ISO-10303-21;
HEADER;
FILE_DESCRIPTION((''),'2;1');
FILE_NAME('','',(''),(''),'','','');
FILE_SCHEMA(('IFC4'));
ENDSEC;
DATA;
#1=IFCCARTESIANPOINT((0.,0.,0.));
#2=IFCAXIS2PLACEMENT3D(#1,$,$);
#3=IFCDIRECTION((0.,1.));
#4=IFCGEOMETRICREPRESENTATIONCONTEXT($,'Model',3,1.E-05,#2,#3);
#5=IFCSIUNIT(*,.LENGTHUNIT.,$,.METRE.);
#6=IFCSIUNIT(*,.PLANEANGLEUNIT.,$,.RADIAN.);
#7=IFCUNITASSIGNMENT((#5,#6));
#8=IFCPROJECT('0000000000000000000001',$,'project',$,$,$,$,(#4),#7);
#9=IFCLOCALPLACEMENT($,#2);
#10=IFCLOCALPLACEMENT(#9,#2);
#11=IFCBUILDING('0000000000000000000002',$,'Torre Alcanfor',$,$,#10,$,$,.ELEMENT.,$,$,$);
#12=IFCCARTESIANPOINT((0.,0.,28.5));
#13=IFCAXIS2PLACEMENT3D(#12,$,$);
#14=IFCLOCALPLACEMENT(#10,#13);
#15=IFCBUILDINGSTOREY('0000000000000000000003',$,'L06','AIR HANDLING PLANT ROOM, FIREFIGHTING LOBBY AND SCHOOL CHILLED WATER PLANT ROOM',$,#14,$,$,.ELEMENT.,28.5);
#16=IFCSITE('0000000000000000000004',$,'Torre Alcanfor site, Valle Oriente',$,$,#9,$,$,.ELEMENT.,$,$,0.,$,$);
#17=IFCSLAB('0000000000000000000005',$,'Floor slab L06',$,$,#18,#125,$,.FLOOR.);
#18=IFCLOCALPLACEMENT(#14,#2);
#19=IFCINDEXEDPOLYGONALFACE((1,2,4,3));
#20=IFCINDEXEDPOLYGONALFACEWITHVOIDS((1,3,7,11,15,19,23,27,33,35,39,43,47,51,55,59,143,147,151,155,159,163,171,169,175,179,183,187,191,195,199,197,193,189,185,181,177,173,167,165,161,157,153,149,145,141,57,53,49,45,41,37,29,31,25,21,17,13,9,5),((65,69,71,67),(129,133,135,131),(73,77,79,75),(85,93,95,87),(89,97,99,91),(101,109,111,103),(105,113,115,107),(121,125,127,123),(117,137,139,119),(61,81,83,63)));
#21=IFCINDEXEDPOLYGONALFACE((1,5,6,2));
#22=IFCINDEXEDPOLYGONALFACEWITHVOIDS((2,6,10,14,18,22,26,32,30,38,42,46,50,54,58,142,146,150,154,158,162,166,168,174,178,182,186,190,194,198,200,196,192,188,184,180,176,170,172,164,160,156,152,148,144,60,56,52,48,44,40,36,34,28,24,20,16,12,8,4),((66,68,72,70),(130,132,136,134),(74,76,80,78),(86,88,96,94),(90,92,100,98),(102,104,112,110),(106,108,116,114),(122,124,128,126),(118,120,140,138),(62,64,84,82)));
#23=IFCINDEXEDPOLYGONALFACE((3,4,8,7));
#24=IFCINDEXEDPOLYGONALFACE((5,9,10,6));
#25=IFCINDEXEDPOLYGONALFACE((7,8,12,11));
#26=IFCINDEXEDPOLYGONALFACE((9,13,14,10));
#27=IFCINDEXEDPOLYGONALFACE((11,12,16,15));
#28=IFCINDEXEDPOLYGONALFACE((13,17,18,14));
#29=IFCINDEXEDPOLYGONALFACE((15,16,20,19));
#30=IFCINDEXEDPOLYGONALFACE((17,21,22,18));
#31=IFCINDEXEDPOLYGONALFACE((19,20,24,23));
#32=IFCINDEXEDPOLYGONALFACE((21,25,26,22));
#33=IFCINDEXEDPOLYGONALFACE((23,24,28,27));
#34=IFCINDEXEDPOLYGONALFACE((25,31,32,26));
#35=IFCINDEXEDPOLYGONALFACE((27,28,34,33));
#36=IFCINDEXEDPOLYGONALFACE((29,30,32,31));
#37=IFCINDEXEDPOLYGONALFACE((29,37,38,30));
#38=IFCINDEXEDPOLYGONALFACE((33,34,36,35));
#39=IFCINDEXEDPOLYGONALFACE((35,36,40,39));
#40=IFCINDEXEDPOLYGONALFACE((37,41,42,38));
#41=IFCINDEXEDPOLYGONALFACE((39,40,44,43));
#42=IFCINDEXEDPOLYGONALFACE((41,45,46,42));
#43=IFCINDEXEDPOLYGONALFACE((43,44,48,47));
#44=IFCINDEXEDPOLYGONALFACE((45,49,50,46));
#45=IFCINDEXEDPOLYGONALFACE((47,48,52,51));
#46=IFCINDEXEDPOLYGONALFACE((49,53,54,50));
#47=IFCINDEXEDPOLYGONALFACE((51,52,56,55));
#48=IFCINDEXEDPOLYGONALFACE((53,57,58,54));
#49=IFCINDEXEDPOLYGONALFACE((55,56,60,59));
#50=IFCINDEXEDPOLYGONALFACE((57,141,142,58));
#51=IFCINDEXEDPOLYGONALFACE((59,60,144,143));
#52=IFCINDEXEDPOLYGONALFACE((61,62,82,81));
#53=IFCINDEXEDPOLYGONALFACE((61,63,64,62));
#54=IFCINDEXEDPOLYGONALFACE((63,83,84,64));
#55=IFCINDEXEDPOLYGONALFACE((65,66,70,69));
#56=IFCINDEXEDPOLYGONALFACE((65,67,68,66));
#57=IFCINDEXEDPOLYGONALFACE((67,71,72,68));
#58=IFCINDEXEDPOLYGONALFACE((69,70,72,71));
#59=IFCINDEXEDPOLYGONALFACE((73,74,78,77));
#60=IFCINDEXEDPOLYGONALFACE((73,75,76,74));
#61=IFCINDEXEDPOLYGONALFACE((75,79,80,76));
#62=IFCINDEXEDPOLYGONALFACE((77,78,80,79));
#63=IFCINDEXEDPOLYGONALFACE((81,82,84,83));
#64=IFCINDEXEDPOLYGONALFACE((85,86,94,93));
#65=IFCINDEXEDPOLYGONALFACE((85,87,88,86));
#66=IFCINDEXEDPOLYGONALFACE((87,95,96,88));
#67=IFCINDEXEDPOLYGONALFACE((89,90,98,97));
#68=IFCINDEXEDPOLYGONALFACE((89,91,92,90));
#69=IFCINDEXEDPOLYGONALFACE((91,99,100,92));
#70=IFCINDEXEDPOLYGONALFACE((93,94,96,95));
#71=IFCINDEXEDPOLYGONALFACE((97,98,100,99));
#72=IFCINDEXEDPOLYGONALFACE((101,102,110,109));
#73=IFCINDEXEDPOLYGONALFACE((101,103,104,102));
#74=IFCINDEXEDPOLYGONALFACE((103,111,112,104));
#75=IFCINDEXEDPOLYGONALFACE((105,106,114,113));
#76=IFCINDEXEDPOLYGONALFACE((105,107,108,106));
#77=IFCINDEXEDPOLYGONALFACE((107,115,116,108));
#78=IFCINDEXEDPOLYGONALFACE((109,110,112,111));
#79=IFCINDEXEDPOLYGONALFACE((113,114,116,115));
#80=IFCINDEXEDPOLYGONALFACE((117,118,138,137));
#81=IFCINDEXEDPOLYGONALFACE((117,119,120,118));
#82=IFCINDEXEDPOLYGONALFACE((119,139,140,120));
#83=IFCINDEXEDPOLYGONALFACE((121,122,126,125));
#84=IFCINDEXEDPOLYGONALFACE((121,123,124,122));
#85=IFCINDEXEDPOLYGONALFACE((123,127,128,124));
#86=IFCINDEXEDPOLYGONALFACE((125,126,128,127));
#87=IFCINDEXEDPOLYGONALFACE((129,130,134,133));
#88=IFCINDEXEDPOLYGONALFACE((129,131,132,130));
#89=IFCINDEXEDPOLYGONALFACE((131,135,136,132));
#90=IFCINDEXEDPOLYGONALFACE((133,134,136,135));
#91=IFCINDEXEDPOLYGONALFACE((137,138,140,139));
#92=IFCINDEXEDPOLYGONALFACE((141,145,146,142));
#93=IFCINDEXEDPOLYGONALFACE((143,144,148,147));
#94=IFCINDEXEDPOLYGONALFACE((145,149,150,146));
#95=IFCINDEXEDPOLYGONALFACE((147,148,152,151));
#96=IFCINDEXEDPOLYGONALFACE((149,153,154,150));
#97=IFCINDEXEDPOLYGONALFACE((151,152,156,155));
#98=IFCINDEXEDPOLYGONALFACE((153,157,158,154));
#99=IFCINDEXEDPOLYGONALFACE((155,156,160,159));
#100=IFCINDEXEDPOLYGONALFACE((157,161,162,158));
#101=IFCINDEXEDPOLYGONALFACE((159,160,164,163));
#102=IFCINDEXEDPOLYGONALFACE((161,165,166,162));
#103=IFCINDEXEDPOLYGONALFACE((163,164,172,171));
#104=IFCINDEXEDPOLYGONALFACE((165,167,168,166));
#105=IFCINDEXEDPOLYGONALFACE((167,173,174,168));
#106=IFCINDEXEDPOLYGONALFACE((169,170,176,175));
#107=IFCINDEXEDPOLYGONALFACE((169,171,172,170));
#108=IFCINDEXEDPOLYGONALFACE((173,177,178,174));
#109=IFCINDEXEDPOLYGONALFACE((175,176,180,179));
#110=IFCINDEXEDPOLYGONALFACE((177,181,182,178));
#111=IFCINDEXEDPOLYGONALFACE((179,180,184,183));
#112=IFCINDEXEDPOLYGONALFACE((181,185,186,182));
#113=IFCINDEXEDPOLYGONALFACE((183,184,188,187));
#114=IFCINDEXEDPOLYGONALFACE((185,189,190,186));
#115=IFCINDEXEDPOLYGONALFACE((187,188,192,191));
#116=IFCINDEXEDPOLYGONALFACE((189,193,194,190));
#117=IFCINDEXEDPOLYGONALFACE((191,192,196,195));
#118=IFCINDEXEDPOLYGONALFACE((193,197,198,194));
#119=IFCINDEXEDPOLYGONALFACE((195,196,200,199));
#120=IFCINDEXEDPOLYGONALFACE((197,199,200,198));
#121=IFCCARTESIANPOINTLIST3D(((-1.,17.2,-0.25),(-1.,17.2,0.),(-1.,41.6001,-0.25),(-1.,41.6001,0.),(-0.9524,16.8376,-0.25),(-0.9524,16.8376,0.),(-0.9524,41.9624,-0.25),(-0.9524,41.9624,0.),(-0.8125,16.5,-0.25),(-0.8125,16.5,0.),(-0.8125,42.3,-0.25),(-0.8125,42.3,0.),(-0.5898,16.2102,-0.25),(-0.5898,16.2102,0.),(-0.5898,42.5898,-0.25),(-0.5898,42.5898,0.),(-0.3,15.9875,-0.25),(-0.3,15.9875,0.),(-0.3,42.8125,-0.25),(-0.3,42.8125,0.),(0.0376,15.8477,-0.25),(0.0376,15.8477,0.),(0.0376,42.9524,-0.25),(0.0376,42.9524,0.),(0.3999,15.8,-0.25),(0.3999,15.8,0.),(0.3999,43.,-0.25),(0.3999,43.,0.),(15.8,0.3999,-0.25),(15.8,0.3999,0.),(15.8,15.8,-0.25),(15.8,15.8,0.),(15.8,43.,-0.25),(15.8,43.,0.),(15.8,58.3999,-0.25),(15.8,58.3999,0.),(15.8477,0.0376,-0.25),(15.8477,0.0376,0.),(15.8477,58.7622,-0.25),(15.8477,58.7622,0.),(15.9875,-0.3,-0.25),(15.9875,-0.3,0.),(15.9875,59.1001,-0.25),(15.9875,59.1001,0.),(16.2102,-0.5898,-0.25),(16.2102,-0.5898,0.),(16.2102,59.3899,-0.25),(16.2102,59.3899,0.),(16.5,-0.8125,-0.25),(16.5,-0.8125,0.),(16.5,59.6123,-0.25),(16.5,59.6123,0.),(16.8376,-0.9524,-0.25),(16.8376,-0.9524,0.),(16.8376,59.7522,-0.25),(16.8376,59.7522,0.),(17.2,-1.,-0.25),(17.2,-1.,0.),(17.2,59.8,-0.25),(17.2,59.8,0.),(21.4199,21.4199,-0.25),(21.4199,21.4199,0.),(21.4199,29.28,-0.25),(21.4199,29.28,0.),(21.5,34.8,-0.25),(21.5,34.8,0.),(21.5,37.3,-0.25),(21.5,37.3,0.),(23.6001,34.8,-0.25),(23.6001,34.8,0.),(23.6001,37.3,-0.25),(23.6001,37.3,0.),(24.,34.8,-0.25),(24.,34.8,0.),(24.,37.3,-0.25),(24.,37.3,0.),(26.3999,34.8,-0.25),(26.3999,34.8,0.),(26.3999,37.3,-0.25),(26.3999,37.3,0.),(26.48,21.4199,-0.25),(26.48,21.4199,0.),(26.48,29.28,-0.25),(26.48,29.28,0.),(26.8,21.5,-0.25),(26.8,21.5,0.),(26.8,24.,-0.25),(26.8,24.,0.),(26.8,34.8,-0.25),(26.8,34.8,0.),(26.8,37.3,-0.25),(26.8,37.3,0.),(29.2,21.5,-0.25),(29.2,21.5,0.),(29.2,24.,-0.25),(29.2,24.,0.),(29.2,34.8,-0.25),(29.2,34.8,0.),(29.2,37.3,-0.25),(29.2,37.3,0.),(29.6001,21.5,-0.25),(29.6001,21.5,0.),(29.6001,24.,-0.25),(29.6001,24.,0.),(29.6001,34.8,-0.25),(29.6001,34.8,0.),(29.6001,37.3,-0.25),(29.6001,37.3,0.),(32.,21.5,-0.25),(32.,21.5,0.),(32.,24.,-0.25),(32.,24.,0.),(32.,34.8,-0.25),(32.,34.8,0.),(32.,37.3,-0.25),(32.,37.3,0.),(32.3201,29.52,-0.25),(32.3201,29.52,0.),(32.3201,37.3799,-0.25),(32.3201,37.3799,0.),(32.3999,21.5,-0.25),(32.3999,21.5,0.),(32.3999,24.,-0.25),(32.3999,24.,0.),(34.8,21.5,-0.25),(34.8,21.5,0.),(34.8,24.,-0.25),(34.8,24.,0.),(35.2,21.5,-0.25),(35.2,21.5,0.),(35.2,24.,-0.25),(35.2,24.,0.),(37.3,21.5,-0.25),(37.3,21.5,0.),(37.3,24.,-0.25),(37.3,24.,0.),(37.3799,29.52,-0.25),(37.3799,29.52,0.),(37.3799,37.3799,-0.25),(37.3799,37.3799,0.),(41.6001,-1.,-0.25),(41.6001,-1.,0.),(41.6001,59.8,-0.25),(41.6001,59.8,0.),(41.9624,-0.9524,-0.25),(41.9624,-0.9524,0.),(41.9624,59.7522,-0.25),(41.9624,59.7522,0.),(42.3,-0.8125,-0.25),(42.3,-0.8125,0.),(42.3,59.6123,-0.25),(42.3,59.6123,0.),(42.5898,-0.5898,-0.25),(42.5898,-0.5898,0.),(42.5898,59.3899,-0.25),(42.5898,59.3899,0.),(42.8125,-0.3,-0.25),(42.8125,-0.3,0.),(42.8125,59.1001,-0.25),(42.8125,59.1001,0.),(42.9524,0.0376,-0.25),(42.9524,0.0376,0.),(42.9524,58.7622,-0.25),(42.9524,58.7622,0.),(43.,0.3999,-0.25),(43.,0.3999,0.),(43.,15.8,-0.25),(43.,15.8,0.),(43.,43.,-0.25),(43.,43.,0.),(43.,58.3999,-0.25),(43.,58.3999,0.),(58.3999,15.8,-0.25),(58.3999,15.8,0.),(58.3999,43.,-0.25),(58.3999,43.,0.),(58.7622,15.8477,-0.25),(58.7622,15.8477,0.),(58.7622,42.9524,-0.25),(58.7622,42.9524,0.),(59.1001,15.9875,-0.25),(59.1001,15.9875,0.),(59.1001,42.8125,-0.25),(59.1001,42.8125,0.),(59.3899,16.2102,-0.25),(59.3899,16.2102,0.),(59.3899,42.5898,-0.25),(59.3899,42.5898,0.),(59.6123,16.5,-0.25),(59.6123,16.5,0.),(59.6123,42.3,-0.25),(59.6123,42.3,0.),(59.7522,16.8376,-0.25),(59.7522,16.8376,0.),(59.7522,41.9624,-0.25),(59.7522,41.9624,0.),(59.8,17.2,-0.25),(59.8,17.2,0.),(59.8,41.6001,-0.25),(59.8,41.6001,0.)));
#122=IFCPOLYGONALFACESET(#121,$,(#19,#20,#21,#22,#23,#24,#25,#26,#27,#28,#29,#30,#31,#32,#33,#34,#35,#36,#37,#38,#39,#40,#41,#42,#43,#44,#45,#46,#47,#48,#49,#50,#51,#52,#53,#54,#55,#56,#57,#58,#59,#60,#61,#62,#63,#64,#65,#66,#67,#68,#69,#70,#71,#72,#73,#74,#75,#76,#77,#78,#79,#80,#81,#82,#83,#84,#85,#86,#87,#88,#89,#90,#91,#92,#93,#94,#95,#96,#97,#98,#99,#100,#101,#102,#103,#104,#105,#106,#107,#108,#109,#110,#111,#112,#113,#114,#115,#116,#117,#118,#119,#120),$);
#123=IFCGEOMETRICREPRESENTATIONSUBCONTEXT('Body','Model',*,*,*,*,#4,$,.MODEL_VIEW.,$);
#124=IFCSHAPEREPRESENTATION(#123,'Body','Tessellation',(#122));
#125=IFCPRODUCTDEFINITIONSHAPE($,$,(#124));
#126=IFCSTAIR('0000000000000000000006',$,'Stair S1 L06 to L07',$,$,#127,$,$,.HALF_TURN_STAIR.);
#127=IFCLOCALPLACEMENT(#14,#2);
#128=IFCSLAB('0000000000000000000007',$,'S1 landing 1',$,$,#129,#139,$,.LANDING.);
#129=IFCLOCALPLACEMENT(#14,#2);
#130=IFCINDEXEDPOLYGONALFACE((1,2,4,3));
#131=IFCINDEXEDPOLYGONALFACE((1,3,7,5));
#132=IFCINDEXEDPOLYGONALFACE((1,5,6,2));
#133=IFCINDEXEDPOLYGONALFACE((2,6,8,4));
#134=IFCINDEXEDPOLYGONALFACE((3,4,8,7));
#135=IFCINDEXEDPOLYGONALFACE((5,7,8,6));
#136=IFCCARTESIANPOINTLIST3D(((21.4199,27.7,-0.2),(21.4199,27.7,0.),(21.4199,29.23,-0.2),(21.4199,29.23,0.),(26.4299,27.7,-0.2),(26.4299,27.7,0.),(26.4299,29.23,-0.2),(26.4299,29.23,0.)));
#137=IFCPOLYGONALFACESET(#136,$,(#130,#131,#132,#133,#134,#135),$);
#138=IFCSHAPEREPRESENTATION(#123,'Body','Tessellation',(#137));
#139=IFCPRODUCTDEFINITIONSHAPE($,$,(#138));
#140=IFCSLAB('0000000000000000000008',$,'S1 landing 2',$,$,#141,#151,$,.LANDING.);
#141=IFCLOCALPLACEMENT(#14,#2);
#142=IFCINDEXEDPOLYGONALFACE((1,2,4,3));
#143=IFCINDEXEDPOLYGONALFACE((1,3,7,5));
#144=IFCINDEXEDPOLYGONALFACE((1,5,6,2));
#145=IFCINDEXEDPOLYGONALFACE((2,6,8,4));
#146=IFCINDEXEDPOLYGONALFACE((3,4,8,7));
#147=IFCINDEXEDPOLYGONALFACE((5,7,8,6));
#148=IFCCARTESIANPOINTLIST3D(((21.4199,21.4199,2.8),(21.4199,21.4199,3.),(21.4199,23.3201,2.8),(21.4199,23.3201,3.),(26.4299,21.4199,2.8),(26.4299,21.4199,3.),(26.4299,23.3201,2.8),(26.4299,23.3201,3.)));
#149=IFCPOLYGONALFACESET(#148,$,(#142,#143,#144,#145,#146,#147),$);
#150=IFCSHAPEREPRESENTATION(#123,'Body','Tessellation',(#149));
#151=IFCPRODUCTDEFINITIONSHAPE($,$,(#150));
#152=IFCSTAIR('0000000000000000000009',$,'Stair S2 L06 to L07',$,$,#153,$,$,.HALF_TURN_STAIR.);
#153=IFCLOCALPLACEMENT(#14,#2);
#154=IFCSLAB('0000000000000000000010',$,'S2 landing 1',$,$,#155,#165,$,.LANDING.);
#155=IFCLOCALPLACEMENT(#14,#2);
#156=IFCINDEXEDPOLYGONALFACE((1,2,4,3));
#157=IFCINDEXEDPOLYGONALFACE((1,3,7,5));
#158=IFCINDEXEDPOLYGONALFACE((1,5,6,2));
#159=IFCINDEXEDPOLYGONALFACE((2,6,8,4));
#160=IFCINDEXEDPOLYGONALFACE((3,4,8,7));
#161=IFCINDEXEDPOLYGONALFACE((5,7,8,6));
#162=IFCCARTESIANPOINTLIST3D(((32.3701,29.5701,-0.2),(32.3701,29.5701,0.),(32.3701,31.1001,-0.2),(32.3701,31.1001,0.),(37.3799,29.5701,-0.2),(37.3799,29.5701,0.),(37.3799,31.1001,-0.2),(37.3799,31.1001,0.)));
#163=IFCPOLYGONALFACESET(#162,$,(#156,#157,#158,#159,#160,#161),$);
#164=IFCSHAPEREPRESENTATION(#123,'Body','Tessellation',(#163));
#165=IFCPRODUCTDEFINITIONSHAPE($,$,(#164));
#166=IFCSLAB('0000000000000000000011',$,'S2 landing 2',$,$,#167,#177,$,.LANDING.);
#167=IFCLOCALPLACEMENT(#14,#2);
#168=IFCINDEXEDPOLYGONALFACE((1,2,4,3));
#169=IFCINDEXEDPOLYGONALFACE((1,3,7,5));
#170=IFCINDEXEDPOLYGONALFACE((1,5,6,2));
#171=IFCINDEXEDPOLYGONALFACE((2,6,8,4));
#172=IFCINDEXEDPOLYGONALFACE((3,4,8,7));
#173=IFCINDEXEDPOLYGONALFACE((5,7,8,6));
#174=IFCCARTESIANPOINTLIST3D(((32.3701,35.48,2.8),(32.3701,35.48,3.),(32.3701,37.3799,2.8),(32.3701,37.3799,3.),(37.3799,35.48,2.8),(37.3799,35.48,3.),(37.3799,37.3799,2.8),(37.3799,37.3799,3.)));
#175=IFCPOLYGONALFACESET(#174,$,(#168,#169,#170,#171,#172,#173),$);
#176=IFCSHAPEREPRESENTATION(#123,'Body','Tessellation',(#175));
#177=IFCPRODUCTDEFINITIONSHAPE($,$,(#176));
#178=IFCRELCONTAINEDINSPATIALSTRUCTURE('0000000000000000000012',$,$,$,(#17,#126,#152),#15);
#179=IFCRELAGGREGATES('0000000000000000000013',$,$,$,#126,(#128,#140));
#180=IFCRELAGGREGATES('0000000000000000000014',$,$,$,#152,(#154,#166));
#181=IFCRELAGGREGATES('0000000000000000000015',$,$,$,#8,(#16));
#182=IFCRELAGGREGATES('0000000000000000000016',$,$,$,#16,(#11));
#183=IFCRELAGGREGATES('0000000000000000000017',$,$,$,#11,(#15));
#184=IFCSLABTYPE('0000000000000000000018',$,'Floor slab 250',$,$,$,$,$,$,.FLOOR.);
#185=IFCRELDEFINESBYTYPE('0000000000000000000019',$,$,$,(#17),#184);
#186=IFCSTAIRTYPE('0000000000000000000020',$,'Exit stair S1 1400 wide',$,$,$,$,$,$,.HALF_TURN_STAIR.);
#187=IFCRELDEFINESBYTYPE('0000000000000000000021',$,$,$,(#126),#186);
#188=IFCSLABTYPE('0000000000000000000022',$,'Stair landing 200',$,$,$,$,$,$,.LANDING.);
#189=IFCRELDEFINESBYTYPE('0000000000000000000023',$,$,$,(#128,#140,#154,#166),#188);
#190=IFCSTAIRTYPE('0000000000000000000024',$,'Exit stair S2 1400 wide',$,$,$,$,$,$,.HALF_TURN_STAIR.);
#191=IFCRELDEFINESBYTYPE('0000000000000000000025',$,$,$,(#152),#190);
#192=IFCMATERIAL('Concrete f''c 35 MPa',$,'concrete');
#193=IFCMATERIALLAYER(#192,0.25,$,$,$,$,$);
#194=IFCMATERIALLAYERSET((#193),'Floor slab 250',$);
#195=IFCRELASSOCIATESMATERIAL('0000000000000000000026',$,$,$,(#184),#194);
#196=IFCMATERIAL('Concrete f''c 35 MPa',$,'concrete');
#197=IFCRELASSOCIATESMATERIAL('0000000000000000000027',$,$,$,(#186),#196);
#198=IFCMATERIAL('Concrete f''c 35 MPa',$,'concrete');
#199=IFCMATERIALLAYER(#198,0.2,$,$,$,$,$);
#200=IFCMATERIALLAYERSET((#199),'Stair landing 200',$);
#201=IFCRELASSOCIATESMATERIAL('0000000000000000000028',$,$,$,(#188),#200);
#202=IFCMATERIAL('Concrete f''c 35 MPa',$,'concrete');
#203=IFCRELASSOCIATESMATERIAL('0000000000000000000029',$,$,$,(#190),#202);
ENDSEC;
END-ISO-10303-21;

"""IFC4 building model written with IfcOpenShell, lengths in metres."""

from ifc_helpers import new_model, si_unit, direction, frame, origin, place, context, subcontext, project, spatial, polyline, outline, extrude, material, layer, layer_set, type_object, element, aggregate, save


model = new_model("IFC4")

# Units and contexts
model_context = context("Model", 3, precision=1e-05, world=origin(), true_north=direction((0.0, 1.0)))
body_context = subcontext(model_context, "Body", "Model", "MODEL_VIEW")
ifc_project = project(units=[si_unit("LENGTHUNIT", "METRE"), si_unit("PLANEANGLEUNIT", "RADIAN")], contexts=[model_context])

# Site, building, storey
site_placement = place(None, origin())
site = spatial("IfcSite", under=ifc_project, at=site_placement, Name="Torre Alcanfor site, Valle Oriente", CompositionType="ELEMENT", RefElevation=0.0)
building_placement = place(site_placement, origin())
building = spatial("IfcBuilding", under=site, at=building_placement, Name="Torre Alcanfor", CompositionType="ELEMENT")
storey_placement = place(building_placement, frame((0.0, 0.0, 28.5)))
storey = spatial("IfcBuildingStorey", under=building, at=storey_placement, Name="L06", Description="AIR HANDLING PLANT ROOM, FIREFIGHTING LOBBY AND SCHOOL CHILLED WATER PLANT ROOM", CompositionType="ELEMENT", Elevation=28.5)

# Slab
ifc_material_1 = material(Name="Concrete f'c 35 MPa", Category="concrete")
ifc_layer_1 = layer(ifc_material_1, 0.25)
ifc_layer_set_1 = layer_set([ifc_layer_1], Name="Floor slab 250")
slab_type_1 = type_object("IfcSlabType", Name="Floor slab 250", PredefinedType="FLOOR", material=ifc_layer_set_1)
slab_1_placement = place(storey_placement, frame((0.0, 0.0, -0.25)))
element("IfcSlab", 1, at=slab_1_placement, inside=storey, type_object=slab_type_1, Name="Floor slab L06", PredefinedType="FLOOR", context=body_context, shape_type="SweptSolid", body=[
    extrude(outline(polyline([(15.8, 43.0), (0.3999, 43.0), (0.0376, 42.9524), (-0.3, 42.8125), (-0.5898, 42.5898), (-0.8125, 42.3), (-0.9524, 41.9624), (-1.0, 41.6001), (-1.0, 17.2), (-0.9524, 16.8376), (-0.8125, 16.5), (-0.5898, 16.2102), (-0.3, 15.9875), (0.0376, 15.8477), (0.3999, 15.8), (15.8, 15.8), (15.8, 0.3999), (15.8477, 0.0376), (15.9875, -0.3), (16.2102, -0.5898), (16.5, -0.8125), (16.8376, -0.9524), (17.2, -1.0), (41.6001, -1.0), (41.9624, -0.9524), (42.3, -0.8125), (42.5898, -0.5898), (42.8125, -0.3), (42.9524, 0.0376), (43.0, 0.3999), (43.0, 15.8), (58.3999, 15.8), (58.7622, 15.8477), (59.1001, 15.9875), (59.3899, 16.2102), (59.6123, 16.5), (59.7522, 16.8376), (59.8, 17.2), (59.8, 41.6001), (59.7522, 41.9624), (59.6123, 42.3), (59.3899, 42.5898), (59.1001, 42.8125), (58.7622, 42.9524), (58.3999, 43.0), (43.0, 43.0), (43.0, 58.3999), (42.9524, 58.7622), (42.8125, 59.1001), (42.5898, 59.3899), (42.3, 59.6123), (41.9624, 59.7522), (41.6001, 59.8), (17.2, 59.8), (16.8376, 59.7522), (16.5, 59.6123), (16.2102, 59.3899), (15.9875, 59.1001), (15.8477, 58.7622), (15.8, 58.3999), (15.8, 43.0)]), holes=[polyline([(21.4199, 21.4199), (26.48, 21.4199), (26.48, 29.28), (21.4199, 29.28), (21.4199, 21.4199)]), polyline([(32.3201, 29.52), (37.3799, 29.52), (37.3799, 37.3799), (32.3201, 37.3799), (32.3201, 29.52)]), polyline([(26.8, 21.5), (29.2, 21.5), (29.2, 24.0), (26.8, 24.0), (26.8, 21.5)]), polyline([(29.6001, 21.5), (32.0, 21.5), (32.0, 24.0), (29.6001, 24.0), (29.6001, 21.5)]), polyline([(32.3999, 21.5), (34.8, 21.5), (34.8, 24.0), (32.3999, 24.0), (32.3999, 21.5)]), polyline([(35.2, 21.5), (37.3, 21.5), (37.3, 24.0), (35.2, 24.0), (35.2, 21.5)]), polyline([(21.5, 34.8), (23.6001, 34.8), (23.6001, 37.3), (21.5, 37.3), (21.5, 34.8)]), polyline([(24.0, 34.8), (26.3999, 34.8), (26.3999, 37.3), (24.0, 37.3), (24.0, 34.8)]), polyline([(26.8, 34.8), (29.2, 34.8), (29.2, 37.3), (26.8, 37.3), (26.8, 34.8)]), polyline([(29.6001, 34.8), (32.0, 34.8), (32.0, 37.3), (29.6001, 37.3), (29.6001, 34.8)])]), origin(), (0.0, 0.0, 1.0), 0.25),
])

# Stairs, slabs
ifc_material_2 = material(Name="Concrete f'c 35 MPa", Category="concrete")
stair_type_1 = type_object("IfcStairType", Name="Exit stair S1 1400 wide", PredefinedType="HALF_TURN_STAIR", material=ifc_material_2)
stair_1_placement = place(storey_placement, origin())
stair_1 = element("IfcStair", 2, at=stair_1_placement, inside=storey, type_object=stair_type_1, Name="Stair S1 L06 to L07", PredefinedType="HALF_TURN_STAIR")
ifc_material_3 = material(Name="Concrete f'c 35 MPa", Category="concrete")
ifc_layer_2 = layer(ifc_material_3, 0.2)
ifc_layer_set_2 = layer_set([ifc_layer_2], Name="Stair landing 200")
slab_type_2 = type_object("IfcSlabType", Name="Stair landing 200", PredefinedType="LANDING", material=ifc_layer_set_2)
slab_2_placement = place(storey_placement, frame((0.0, 0.0, -0.2)))
slab_2 = element("IfcSlab", 3, at=slab_2_placement, type_object=slab_type_2, Name="S1 landing 1", PredefinedType="LANDING", context=body_context, shape_type="SweptSolid", body=[
    extrude(outline(polyline([(21.4199, 27.7), (26.4299, 27.7), (26.4299, 29.23), (21.4199, 29.23), (21.4199, 27.7)])), origin(), (0.0, 0.0, 1.0), 0.2),
])
slab_3_placement = place(storey_placement, frame((0.0, 0.0, 2.8)))
slab_3 = element("IfcSlab", 4, at=slab_3_placement, type_object=slab_type_2, Name="S1 landing 2", PredefinedType="LANDING", context=body_context, shape_type="SweptSolid", body=[
    extrude(outline(polyline([(21.4199, 21.4199), (26.4299, 21.4199), (26.4299, 23.3201), (21.4199, 23.3201), (21.4199, 21.4199)])), origin(), (0.0, 0.0, 1.0), 0.2),
])
aggregate(stair_1, [slab_2, slab_3])
ifc_material_4 = material(Name="Concrete f'c 35 MPa", Category="concrete")
stair_type_2 = type_object("IfcStairType", Name="Exit stair S2 1400 wide", PredefinedType="HALF_TURN_STAIR", material=ifc_material_4)
stair_2_placement = place(storey_placement, origin())
stair_2 = element("IfcStair", 5, at=stair_2_placement, inside=storey, type_object=stair_type_2, Name="Stair S2 L06 to L07", PredefinedType="HALF_TURN_STAIR")
slab_4_placement = place(storey_placement, frame((0.0, 0.0, -0.2)))
slab_4 = element("IfcSlab", 6, at=slab_4_placement, type_object=slab_type_2, Name="S2 landing 1", PredefinedType="LANDING", context=body_context, shape_type="SweptSolid", body=[
    extrude(outline(polyline([(32.3701, 29.5701), (37.3799, 29.5701), (37.3799, 31.1001), (32.3701, 31.1001), (32.3701, 29.5701)])), origin(), (0.0, 0.0, 1.0), 0.2),
])
slab_5_placement = place(storey_placement, frame((0.0, 0.0, 2.8)))
slab_5 = element("IfcSlab", 7, at=slab_5_placement, type_object=slab_type_2, Name="S2 landing 2", PredefinedType="LANDING", context=body_context, shape_type="SweptSolid", body=[
    extrude(outline(polyline([(32.3701, 35.48), (37.3799, 35.48), (37.3799, 37.3799), (32.3701, 37.3799), (32.3701, 35.48)])), origin(), (0.0, 0.0, 1.0), 0.2),
])
aggregate(stair_2, [slab_4, slab_5])

save(model, "model.ifc")
